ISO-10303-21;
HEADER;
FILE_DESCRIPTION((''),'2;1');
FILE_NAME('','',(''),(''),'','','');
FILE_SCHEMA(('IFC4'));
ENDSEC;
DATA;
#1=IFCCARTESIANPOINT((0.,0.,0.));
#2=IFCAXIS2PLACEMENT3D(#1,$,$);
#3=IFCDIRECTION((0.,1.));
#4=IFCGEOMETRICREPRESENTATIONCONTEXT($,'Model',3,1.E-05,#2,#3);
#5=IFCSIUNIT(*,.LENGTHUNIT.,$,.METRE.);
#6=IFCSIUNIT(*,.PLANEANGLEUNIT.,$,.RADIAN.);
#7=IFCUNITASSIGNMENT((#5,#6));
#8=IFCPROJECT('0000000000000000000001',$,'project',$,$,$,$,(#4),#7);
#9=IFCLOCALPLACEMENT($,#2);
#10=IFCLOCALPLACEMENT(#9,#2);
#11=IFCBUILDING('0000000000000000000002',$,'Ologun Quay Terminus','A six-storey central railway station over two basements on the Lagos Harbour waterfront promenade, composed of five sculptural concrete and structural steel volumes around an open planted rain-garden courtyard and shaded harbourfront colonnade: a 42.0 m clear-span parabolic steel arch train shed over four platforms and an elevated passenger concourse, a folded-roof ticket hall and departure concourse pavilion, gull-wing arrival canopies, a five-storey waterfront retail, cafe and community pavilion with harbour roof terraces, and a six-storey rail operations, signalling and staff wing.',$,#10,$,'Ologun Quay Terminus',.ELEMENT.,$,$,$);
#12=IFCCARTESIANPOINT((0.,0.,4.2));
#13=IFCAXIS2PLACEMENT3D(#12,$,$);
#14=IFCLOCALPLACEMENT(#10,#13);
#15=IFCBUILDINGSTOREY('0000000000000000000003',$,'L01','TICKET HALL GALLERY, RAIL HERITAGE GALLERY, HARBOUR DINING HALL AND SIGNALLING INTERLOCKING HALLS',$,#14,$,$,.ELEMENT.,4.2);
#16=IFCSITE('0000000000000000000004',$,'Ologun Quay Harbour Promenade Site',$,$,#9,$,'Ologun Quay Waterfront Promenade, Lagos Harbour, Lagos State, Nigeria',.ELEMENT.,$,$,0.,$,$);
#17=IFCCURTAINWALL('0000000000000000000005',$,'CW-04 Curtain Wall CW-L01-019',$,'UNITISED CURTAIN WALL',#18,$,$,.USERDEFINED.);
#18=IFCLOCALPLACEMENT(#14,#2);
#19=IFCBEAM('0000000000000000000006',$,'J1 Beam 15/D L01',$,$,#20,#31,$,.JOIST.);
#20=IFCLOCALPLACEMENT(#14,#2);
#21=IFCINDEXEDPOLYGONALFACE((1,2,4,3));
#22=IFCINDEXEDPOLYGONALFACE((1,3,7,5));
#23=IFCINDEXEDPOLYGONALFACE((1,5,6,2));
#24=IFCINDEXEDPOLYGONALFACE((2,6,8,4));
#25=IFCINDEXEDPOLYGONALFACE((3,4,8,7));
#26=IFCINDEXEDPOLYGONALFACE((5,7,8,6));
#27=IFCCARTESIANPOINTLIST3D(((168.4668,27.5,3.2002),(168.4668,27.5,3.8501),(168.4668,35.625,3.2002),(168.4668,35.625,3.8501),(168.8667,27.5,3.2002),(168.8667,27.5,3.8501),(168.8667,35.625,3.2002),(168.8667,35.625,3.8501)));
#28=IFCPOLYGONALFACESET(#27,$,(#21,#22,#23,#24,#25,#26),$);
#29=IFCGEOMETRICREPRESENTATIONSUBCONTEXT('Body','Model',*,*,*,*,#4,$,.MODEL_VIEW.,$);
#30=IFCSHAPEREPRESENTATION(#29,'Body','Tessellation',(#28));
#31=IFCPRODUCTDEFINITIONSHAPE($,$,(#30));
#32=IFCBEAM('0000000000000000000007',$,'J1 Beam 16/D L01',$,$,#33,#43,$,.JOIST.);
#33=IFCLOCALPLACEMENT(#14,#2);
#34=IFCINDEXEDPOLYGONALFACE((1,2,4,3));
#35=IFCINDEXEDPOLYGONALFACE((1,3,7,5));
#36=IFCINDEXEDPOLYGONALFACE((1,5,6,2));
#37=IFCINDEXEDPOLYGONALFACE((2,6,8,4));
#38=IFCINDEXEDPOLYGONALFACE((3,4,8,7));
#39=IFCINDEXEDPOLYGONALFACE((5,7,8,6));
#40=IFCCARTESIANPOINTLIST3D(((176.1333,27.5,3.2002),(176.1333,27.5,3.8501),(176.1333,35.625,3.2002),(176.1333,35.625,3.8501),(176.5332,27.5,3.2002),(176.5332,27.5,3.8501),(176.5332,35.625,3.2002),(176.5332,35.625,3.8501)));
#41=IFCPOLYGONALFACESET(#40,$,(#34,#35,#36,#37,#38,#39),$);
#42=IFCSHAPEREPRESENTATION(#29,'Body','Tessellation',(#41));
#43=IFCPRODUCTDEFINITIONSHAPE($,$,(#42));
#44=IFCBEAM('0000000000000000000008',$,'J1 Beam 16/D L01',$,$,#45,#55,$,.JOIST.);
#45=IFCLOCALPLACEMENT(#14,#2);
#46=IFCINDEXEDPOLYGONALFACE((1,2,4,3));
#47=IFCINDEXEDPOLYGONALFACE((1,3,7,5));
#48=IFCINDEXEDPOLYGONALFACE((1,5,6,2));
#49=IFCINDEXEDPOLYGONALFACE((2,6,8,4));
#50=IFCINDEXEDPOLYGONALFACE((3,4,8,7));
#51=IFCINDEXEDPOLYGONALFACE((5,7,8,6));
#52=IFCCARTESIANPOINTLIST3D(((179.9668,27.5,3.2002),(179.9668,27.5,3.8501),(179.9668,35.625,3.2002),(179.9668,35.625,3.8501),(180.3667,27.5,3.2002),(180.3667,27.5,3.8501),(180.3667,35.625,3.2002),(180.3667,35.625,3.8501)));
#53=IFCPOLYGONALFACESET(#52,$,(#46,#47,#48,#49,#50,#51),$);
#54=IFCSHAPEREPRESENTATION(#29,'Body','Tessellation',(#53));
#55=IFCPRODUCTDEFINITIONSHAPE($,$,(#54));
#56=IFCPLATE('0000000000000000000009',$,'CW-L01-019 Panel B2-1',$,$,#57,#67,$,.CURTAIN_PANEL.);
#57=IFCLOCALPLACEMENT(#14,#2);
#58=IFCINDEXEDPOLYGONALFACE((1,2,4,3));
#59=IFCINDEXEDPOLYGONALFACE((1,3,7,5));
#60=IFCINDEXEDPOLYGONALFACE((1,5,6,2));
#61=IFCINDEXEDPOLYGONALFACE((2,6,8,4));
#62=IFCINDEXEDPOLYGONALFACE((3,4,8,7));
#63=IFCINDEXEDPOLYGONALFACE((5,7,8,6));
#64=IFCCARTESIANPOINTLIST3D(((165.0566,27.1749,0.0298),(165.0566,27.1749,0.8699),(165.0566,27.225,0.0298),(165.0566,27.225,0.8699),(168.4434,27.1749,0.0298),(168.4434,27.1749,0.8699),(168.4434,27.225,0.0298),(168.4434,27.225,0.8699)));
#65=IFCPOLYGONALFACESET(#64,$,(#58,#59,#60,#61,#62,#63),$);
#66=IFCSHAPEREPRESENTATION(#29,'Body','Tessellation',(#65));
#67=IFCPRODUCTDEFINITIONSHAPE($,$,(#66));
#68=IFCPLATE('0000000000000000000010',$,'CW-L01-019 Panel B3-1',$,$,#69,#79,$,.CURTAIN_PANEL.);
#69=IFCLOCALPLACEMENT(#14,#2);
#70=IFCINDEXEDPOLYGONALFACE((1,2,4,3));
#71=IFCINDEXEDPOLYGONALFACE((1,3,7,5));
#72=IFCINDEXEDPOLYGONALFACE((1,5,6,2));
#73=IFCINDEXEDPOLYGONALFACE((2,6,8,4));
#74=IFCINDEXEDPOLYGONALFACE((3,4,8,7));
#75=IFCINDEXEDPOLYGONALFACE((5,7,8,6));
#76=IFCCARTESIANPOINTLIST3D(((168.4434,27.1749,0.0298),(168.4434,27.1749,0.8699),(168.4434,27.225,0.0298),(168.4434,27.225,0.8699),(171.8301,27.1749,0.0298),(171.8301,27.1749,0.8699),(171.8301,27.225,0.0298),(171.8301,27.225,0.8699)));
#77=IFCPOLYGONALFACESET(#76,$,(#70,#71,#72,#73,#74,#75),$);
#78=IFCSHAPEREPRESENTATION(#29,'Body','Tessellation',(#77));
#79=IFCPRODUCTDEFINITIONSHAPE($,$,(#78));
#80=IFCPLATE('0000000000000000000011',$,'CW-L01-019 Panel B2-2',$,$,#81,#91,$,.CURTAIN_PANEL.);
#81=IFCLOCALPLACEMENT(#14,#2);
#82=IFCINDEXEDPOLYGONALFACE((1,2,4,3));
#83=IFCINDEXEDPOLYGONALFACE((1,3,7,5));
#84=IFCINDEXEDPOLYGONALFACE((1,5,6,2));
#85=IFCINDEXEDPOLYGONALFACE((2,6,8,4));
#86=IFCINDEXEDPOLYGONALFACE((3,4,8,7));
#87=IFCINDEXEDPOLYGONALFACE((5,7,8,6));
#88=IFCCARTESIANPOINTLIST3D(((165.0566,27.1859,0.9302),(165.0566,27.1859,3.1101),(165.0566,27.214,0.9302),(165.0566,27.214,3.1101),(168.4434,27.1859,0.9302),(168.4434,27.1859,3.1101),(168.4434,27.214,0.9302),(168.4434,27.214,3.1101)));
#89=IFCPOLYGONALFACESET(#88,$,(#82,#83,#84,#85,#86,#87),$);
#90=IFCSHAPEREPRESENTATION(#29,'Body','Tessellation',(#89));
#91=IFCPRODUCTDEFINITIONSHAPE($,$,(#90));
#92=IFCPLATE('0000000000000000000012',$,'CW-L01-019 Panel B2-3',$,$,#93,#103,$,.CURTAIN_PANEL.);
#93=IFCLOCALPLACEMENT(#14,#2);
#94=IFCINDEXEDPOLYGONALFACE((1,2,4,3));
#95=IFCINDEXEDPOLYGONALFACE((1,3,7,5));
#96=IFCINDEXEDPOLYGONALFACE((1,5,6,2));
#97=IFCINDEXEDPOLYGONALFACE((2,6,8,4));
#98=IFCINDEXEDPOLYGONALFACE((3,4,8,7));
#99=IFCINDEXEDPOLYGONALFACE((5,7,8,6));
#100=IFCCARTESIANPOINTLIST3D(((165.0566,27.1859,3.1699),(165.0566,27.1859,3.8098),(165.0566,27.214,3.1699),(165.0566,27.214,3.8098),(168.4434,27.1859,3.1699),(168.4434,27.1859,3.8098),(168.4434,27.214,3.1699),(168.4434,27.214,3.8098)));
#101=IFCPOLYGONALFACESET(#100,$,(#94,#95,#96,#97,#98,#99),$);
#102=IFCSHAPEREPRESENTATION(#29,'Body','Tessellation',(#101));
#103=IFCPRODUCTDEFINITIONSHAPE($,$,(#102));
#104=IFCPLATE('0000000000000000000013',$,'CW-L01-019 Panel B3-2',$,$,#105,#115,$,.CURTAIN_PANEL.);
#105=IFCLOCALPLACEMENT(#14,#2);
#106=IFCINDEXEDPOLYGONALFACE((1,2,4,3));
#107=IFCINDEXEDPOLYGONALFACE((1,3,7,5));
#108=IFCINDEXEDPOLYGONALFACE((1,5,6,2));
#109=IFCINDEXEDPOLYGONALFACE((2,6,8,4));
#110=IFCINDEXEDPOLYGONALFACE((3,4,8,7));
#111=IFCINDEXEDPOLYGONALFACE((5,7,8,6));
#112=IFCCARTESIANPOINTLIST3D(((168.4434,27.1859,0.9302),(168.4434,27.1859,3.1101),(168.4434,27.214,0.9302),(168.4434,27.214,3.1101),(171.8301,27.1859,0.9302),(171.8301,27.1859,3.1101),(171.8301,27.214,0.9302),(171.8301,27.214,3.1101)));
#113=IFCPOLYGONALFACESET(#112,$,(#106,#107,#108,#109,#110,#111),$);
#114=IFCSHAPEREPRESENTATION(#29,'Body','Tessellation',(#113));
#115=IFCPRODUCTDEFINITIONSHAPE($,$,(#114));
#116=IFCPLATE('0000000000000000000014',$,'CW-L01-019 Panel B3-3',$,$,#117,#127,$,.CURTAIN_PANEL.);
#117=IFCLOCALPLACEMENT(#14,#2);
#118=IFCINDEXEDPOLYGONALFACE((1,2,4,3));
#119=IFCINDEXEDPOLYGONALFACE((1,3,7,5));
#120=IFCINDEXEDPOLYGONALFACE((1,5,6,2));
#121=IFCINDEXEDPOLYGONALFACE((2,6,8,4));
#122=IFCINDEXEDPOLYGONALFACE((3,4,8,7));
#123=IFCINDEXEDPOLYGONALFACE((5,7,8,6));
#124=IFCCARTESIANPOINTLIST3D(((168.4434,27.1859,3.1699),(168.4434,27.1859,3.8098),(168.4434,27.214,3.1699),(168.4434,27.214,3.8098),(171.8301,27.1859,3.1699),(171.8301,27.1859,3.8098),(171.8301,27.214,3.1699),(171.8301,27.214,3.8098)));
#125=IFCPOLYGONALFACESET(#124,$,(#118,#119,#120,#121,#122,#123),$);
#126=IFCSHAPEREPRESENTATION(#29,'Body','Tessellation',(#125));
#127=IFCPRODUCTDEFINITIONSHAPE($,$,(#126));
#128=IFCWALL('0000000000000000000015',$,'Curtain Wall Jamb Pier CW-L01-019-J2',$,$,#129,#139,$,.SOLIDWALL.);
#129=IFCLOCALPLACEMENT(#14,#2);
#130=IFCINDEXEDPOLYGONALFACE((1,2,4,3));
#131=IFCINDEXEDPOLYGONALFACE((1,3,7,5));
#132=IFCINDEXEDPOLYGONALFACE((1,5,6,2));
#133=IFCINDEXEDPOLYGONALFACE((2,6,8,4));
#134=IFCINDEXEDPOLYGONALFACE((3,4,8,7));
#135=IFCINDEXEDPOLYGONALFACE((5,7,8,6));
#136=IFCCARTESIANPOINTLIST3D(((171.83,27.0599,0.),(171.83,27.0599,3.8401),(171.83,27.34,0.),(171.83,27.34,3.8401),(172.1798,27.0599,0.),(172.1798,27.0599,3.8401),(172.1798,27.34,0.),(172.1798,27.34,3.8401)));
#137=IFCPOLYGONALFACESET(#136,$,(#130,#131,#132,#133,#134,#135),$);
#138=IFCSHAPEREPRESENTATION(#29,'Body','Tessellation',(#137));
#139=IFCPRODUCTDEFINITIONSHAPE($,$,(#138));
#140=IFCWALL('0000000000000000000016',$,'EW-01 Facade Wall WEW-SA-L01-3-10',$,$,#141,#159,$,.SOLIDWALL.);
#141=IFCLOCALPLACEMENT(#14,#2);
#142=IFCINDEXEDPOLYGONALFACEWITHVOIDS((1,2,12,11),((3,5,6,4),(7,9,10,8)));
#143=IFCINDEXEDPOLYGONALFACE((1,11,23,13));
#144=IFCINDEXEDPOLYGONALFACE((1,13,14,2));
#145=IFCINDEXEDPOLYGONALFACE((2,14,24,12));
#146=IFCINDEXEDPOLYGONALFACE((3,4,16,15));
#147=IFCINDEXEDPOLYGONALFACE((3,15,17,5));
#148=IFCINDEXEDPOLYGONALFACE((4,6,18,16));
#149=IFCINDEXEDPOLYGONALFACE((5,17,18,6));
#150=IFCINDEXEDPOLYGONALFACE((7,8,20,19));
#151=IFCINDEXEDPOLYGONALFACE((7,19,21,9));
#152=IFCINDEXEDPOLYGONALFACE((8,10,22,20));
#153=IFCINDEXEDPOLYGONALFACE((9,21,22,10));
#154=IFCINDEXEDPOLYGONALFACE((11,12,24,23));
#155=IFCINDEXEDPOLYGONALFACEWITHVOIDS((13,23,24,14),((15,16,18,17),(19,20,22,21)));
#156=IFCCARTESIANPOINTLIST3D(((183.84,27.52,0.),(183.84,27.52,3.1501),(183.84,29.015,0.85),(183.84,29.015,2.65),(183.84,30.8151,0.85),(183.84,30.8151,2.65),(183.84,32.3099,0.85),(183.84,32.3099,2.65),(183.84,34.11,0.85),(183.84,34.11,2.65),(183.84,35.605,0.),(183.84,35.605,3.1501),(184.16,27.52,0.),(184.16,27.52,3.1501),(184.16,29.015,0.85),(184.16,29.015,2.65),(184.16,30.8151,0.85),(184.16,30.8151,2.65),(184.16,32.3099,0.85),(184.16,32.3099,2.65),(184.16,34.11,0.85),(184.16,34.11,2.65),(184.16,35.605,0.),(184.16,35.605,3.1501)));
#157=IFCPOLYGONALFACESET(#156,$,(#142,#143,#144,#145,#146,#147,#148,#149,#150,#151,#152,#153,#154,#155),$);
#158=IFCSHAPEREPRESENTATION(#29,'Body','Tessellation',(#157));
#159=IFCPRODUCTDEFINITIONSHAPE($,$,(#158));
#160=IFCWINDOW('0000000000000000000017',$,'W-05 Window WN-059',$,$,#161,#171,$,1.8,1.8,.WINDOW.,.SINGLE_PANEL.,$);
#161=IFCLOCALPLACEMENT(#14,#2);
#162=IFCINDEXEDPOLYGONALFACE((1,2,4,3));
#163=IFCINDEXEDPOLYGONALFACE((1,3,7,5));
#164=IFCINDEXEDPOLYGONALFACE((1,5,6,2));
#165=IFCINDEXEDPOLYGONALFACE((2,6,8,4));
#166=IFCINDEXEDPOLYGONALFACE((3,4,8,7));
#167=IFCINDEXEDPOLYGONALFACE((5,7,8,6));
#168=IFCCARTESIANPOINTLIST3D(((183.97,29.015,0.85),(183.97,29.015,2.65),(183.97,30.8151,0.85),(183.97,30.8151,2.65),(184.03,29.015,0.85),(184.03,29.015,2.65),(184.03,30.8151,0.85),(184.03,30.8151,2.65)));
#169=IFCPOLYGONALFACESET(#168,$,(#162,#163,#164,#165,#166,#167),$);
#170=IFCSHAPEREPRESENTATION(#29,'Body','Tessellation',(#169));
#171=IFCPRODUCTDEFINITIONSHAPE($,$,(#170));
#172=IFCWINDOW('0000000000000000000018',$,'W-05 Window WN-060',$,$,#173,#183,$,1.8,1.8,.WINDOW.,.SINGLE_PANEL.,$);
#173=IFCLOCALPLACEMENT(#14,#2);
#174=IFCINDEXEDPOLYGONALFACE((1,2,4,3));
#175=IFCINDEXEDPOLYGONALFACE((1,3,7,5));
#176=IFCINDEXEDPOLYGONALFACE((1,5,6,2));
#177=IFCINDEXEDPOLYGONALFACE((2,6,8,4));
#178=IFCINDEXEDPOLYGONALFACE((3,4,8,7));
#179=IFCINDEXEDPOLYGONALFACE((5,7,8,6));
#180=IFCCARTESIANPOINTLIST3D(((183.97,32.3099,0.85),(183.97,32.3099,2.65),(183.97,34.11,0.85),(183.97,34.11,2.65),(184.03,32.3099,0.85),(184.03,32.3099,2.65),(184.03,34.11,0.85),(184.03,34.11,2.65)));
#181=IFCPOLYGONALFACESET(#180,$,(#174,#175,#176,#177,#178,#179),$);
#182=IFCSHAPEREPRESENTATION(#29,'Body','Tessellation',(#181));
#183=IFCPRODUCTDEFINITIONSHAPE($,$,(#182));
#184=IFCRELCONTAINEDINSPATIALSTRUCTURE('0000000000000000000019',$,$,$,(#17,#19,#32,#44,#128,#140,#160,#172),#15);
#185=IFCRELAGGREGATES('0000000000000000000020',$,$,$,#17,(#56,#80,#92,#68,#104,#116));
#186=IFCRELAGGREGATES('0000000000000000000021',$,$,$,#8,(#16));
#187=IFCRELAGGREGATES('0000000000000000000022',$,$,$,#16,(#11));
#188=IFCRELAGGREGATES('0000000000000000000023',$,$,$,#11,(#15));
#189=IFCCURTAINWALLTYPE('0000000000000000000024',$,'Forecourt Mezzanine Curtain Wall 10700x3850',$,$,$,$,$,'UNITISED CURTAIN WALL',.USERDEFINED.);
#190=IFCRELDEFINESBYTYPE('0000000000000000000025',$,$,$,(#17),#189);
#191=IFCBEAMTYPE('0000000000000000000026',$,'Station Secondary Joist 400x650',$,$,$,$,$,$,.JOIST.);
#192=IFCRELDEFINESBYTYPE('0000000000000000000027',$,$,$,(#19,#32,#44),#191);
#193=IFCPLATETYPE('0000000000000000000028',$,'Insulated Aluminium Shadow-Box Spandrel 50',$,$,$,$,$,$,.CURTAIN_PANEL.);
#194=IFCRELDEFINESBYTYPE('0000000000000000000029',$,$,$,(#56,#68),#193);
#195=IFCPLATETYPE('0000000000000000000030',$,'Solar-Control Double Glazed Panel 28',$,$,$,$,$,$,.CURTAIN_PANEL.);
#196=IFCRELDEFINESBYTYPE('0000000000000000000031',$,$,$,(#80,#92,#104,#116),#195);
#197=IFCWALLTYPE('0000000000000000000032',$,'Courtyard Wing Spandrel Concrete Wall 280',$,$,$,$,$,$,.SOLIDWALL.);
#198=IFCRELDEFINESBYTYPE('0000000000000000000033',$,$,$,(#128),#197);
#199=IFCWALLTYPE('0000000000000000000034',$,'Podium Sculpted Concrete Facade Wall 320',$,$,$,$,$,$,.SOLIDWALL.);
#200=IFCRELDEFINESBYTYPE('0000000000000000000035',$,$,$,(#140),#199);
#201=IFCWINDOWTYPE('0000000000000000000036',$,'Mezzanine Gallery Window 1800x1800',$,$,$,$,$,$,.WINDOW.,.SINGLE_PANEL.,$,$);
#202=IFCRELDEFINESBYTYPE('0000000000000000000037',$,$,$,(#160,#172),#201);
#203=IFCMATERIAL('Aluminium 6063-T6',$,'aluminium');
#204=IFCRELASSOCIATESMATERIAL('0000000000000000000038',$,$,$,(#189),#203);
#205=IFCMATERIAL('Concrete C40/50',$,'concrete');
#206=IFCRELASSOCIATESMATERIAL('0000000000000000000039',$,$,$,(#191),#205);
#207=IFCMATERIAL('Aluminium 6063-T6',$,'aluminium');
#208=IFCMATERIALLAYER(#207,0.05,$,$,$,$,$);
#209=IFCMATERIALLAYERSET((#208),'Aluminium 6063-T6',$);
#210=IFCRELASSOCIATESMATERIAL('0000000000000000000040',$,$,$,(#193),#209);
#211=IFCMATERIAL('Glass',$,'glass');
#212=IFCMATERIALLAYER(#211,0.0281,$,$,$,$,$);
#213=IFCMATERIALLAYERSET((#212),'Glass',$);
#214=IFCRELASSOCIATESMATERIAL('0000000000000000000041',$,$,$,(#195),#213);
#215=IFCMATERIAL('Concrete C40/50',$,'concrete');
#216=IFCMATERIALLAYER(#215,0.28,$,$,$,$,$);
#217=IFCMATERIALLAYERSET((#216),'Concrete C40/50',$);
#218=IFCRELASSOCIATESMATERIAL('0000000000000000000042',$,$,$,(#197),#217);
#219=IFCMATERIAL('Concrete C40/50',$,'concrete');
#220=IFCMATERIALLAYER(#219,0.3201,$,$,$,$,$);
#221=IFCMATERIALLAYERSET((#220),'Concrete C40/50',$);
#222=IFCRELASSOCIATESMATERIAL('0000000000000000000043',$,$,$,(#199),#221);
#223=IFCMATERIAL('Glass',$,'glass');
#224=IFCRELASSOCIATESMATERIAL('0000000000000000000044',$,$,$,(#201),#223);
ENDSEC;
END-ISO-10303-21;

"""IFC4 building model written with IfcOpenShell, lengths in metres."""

from ifc_helpers import new_model, si_unit, direction, frame, frame_2d, origin, origin_2d, place, context, subcontext, project, spatial, rectangle, extrude, material, layer, layer_set, material_profile, profile_set, type_object, element, fill, aggregate, save


model = new_model("IFC4")

# Units and contexts
model_context = context("Model", 3, precision=1e-05, world=origin(), true_north=direction((0.0, 1.0)))
body_context = subcontext(model_context, "Body", "Model", "MODEL_VIEW")
ifc_project = project(units=[si_unit("LENGTHUNIT", "METRE"), si_unit("PLANEANGLEUNIT", "RADIAN")], contexts=[model_context])

# Site, building, storey
site_placement = place(None, origin())
site = spatial("IfcSite", under=ifc_project, at=site_placement, Name="Ologun Quay Harbour Promenade Site", LongName="Ologun Quay Waterfront Promenade, Lagos Harbour, Lagos State, Nigeria", CompositionType="ELEMENT", RefElevation=0.0)
building_placement = place(site_placement, origin())
building = spatial("IfcBuilding", under=site, at=building_placement, Name="Ologun Quay Terminus", Description="A six-storey central railway station over two basements on the Lagos Harbour waterfront promenade, composed of five sculptural concrete and structural steel volumes around an open planted rain-garden courtyard and shaded harbourfront colonnade: a 42.0 m clear-span parabolic steel arch train shed over four platforms and an elevated passenger concourse, a folded-roof ticket hall and departure concourse pavilion, gull-wing arrival canopies, a five-storey waterfront retail, cafe and community pavilion with harbour roof terraces, and a six-storey rail operations, signalling and staff wing.", LongName="Ologun Quay Terminus", CompositionType="ELEMENT")
storey_placement = place(building_placement, frame((0.0, 0.0, 4.2)))
storey = spatial("IfcBuildingStorey", under=building, at=storey_placement, Name="L01", Description="TICKET HALL GALLERY, RAIL HERITAGE GALLERY, HARBOUR DINING HALL AND SIGNALLING INTERLOCKING HALLS", CompositionType="ELEMENT", Elevation=4.2)

# Curtain wall
ifc_material_1 = material(Name="Aluminium 6063-T6", Category="aluminium")
curtain_wall_type = type_object("IfcCurtainWallType", Name="Forecourt Mezzanine Curtain Wall 10700x3850", ElementType="UNITISED CURTAIN WALL", PredefinedType="USERDEFINED", material=ifc_material_1)
curtain_wall_placement = place(storey_placement, origin())
curtain_wall = element("IfcCurtainWall", 1, at=curtain_wall_placement, inside=storey, type_object=curtain_wall_type, Name="CW-04 Curtain Wall CW-L01-019", ObjectType="UNITISED CURTAIN WALL", PredefinedType="USERDEFINED")

# Beams
ifc_material_2 = material(Name="Concrete C40/50", Category="concrete")
ifc_material_profile_1 = material_profile(ifc_material_2, rectangle(XDim=0.3999, YDim=0.6499, at=origin_2d()), Name="RC 400x650")
ifc_profile_set_1 = profile_set([ifc_material_profile_1], Name="Concrete C40/50")
beam_type_1 = type_object("IfcBeamType", Name="Station Secondary Joist 400x650", PredefinedType="JOIST", material=ifc_profile_set_1)
for number, where, z_axis, x_axis, name in (
    (2, (168.6667, 27.5, 3.5251), (0.0, 1.0, 0.0), (-1.0, 0.0, 0.0), "J1 Beam 15/D L01"),
    (3, (176.3333, 27.5, 3.5251), (0.0, 1.0, 0.0), (-1.0, 0.0, 0.0), "J1 Beam 16/D L01"),
    (4, (180.1667, 27.5, 3.5251), (0.0, 1.0, 0.0), (-1.0, 0.0, 0.0), "J1 Beam 16/D L01"),
):
    element("IfcBeam", number, at=place(storey_placement, frame(where, z_axis=z_axis, x_axis=x_axis)), inside=storey, type_object=beam_type_1, Name=name, PredefinedType="JOIST", context=body_context, shape_type="SweptSolid", body=[
        extrude(rectangle(XDim=0.3999, YDim=0.6499, at=origin_2d()), origin(), (0.0, 0.0, 1.0), 8.125),
    ])

# Plates
ifc_material_3 = material(Name="Aluminium 6063-T6", Category="aluminium")
ifc_layer_1 = layer(ifc_material_3, 0.05)
ifc_layer_set_1 = layer_set([ifc_layer_1], Name="Aluminium 6063-T6")
plate_type_1 = type_object("IfcPlateType", Name="Insulated Aluminium Shadow-Box Spandrel 50", PredefinedType="CURTAIN_PANEL", material=ifc_layer_set_1)
plate_1_placement = place(storey_placement, frame((166.75, 27.2, 0.0298), z_axis=(0.0, 0.0, 1.0), x_axis=(1.0, 0.0, 0.0)))
plate_1 = element("IfcPlate", 5, at=plate_1_placement, type_object=plate_type_1, Name="CW-L01-019 Panel B2-1", PredefinedType="CURTAIN_PANEL", context=body_context, shape_type="SweptSolid", body=[
    extrude(rectangle(XDim=3.3867, YDim=0.05, at=origin_2d()), origin(), (0.0, 0.0, 1.0), 0.8401),
])
plate_2_placement = place(storey_placement, frame((170.1367, 27.2, 0.0298), z_axis=(0.0, 0.0, 1.0), x_axis=(1.0, 0.0, 0.0)))
plate_2 = element("IfcPlate", 6, at=plate_2_placement, type_object=plate_type_1, Name="CW-L01-019 Panel B3-1", PredefinedType="CURTAIN_PANEL", context=body_context, shape_type="SweptSolid", body=[
    extrude(rectangle(XDim=3.3867, YDim=0.05, at=origin_2d()), origin(), (0.0, 0.0, 1.0), 0.8401),
])
ifc_material_4 = material(Name="Glass", Category="glass")
ifc_layer_2 = layer(ifc_material_4, 0.0281)
ifc_layer_set_2 = layer_set([ifc_layer_2], Name="Glass")
plate_type_2 = type_object("IfcPlateType", Name="Solar-Control Double Glazed Panel 28", PredefinedType="CURTAIN_PANEL", material=ifc_layer_set_2)
plate_3_placement = place(storey_placement, frame((166.75, 27.2, 0.9302), z_axis=(0.0, 0.0, 1.0), x_axis=(1.0, 0.0, 0.0)))
plate_3 = element("IfcPlate", 7, at=plate_3_placement, type_object=plate_type_2, Name="CW-L01-019 Panel B2-2", PredefinedType="CURTAIN_PANEL", context=body_context, shape_type="SweptSolid", body=[
    extrude(rectangle(XDim=3.3867, YDim=0.0281, at=origin_2d()), origin(), (0.0, 0.0, 1.0), 2.1799),
])
plate_4_placement = place(storey_placement, frame((166.75, 27.2, 3.1699), z_axis=(0.0, 0.0, 1.0), x_axis=(1.0, 0.0, 0.0)))
plate_4 = element("IfcPlate", 8, at=plate_4_placement, type_object=plate_type_2, Name="CW-L01-019 Panel B2-3", PredefinedType="CURTAIN_PANEL", context=body_context, shape_type="SweptSolid", body=[
    extrude(rectangle(XDim=3.3867, YDim=0.0281, at=origin_2d()), origin(), (0.0, 0.0, 1.0), 0.6399),
])
plate_5_placement = place(storey_placement, frame((170.1367, 27.2, 0.9302), z_axis=(0.0, 0.0, 1.0), x_axis=(1.0, 0.0, 0.0)))
plate_5 = element("IfcPlate", 9, at=plate_5_placement, type_object=plate_type_2, Name="CW-L01-019 Panel B3-2", PredefinedType="CURTAIN_PANEL", context=body_context, shape_type="SweptSolid", body=[
    extrude(rectangle(XDim=3.3867, YDim=0.0281, at=origin_2d()), origin(), (0.0, 0.0, 1.0), 2.1799),
])
plate_6_placement = place(storey_placement, frame((170.1367, 27.2, 3.1699), z_axis=(0.0, 0.0, 1.0), x_axis=(1.0, 0.0, 0.0)))
plate_6 = element("IfcPlate", 10, at=plate_6_placement, type_object=plate_type_2, Name="CW-L01-019 Panel B3-3", PredefinedType="CURTAIN_PANEL", context=body_context, shape_type="SweptSolid", body=[
    extrude(rectangle(XDim=3.3867, YDim=0.0281, at=origin_2d()), origin(), (0.0, 0.0, 1.0), 0.6399),
])
aggregate(curtain_wall, [plate_1, plate_3, plate_4, plate_2, plate_5, plate_6])

# Wall
ifc_material_5 = material(Name="Concrete C40/50", Category="concrete")
ifc_layer_3 = layer(ifc_material_5, 0.28)
ifc_layer_set_3 = layer_set([ifc_layer_3], Name="Concrete C40/50")
wall_type_1 = type_object("IfcWallType", Name="Courtyard Wing Spandrel Concrete Wall 280", PredefinedType="SOLIDWALL", material=ifc_layer_set_3)
wall_1_placement = place(storey_placement, frame((171.8301, 27.2, 0.0), z_axis=(0.0, 0.0, 1.0), x_axis=(1.0, 0.0, 0.0)))
element("IfcWall", 11, at=wall_1_placement, inside=storey, type_object=wall_type_1, Name="Curtain Wall Jamb Pier CW-L01-019-J2", PredefinedType="SOLIDWALL", context=body_context, shape_type="SweptSolid", body=[
    extrude(rectangle(XDim=0.3499, YDim=0.28, at=frame_2d((0.1748, 0.0))), origin(), (0.0, 0.0, 1.0), 3.8401),
])

# Wall, openings, windows
ifc_material_6 = material(Name="Concrete C40/50", Category="concrete")
ifc_layer_4 = layer(ifc_material_6, 0.3201)
ifc_layer_set_4 = layer_set([ifc_layer_4], Name="Concrete C40/50")
wall_type_2 = type_object("IfcWallType", Name="Podium Sculpted Concrete Facade Wall 320", PredefinedType="SOLIDWALL", material=ifc_layer_set_4)
wall_2_placement = place(storey_placement, frame((184.0, 27.52, 0.0), z_axis=(0.0, 0.0, 1.0), x_axis=(0.0, 1.0, 0.0)))
wall_2 = element("IfcWall", 12, at=wall_2_placement, inside=storey, type_object=wall_type_2, Name="EW-01 Facade Wall WEW-SA-L01-3-10", PredefinedType="SOLIDWALL", context=body_context, shape_type="SweptSolid", body=[
    extrude(rectangle(XDim=8.085, YDim=0.3201, at=frame_2d((4.0425, 0.0))), origin(), (0.0, 0.0, 1.0), 3.1501),
])
opening_1_placement = place(wall_2_placement, frame((1.4951, 0.0, 0.8501)))
opening_1 = element("IfcOpeningElement", 13, at=opening_1_placement, cuts=wall_2, PredefinedType="OPENING", context=body_context, shape_type="SweptSolid", body=[
    extrude(rectangle(XDim=1.8, YDim=1.8, at=frame_2d((0.8999, 0.8999))), frame((0.0, 0.1699, 0.0), z_axis=(0.0, -1.0, 0.0), x_axis=(1.0, 0.0, 0.0)), (0.0, 0.0, 1.0), 0.3401),
])
opening_2_placement = place(wall_2_placement, frame((4.79, 0.0, 0.8501)))
opening_2 = element("IfcOpeningElement", 14, at=opening_2_placement, cuts=wall_2, PredefinedType="OPENING", context=body_context, shape_type="SweptSolid", body=[
    extrude(rectangle(XDim=1.8, YDim=1.8, at=frame_2d((0.8999, 0.8999))), frame((0.0, 0.1699, 0.0), z_axis=(0.0, -1.0, 0.0), x_axis=(1.0, 0.0, 0.0)), (0.0, 0.0, 1.0), 0.3401),
])
ifc_material_7 = material(Name="Glass", Category="glass")
window_type = type_object("IfcWindowType", Name="Mezzanine Gallery Window 1800x1800", PartitioningType="SINGLE_PANEL", PredefinedType="WINDOW", material=ifc_material_7)
window_1_placement = place(opening_1_placement, origin())
window_1 = element("IfcWindow", 15, at=window_1_placement, inside=storey, type_object=window_type, Name="W-05 Window WN-059", OverallHeight=1.8, OverallWidth=1.8, PartitioningType="SINGLE_PANEL", PredefinedType="WINDOW", context=body_context, shape_type="SweptSolid", body=[
    extrude(rectangle(XDim=1.8, YDim=1.8, at=frame_2d((0.8999, 0.8999))), frame((0.0, 0.03, 0.0), z_axis=(0.0, -1.0, 0.0), x_axis=(1.0, 0.0, 0.0)), (0.0, 0.0, 1.0), 0.0601),
])
fill(opening_1, window_1)
window_2_placement = place(opening_2_placement, origin())
window_2 = element("IfcWindow", 16, at=window_2_placement, inside=storey, type_object=window_type, Name="W-05 Window WN-060", OverallHeight=1.8, OverallWidth=1.8, PartitioningType="SINGLE_PANEL", PredefinedType="WINDOW", context=body_context, shape_type="SweptSolid", body=[
    extrude(rectangle(XDim=1.8, YDim=1.8, at=frame_2d((0.8999, 0.8999))), frame((0.0, 0.03, 0.0), z_axis=(0.0, -1.0, 0.0), x_axis=(1.0, 0.0, 0.0)), (0.0, 0.0, 1.0), 0.0601),
])
fill(opening_2, window_2)

save(model, "model.ifc")
